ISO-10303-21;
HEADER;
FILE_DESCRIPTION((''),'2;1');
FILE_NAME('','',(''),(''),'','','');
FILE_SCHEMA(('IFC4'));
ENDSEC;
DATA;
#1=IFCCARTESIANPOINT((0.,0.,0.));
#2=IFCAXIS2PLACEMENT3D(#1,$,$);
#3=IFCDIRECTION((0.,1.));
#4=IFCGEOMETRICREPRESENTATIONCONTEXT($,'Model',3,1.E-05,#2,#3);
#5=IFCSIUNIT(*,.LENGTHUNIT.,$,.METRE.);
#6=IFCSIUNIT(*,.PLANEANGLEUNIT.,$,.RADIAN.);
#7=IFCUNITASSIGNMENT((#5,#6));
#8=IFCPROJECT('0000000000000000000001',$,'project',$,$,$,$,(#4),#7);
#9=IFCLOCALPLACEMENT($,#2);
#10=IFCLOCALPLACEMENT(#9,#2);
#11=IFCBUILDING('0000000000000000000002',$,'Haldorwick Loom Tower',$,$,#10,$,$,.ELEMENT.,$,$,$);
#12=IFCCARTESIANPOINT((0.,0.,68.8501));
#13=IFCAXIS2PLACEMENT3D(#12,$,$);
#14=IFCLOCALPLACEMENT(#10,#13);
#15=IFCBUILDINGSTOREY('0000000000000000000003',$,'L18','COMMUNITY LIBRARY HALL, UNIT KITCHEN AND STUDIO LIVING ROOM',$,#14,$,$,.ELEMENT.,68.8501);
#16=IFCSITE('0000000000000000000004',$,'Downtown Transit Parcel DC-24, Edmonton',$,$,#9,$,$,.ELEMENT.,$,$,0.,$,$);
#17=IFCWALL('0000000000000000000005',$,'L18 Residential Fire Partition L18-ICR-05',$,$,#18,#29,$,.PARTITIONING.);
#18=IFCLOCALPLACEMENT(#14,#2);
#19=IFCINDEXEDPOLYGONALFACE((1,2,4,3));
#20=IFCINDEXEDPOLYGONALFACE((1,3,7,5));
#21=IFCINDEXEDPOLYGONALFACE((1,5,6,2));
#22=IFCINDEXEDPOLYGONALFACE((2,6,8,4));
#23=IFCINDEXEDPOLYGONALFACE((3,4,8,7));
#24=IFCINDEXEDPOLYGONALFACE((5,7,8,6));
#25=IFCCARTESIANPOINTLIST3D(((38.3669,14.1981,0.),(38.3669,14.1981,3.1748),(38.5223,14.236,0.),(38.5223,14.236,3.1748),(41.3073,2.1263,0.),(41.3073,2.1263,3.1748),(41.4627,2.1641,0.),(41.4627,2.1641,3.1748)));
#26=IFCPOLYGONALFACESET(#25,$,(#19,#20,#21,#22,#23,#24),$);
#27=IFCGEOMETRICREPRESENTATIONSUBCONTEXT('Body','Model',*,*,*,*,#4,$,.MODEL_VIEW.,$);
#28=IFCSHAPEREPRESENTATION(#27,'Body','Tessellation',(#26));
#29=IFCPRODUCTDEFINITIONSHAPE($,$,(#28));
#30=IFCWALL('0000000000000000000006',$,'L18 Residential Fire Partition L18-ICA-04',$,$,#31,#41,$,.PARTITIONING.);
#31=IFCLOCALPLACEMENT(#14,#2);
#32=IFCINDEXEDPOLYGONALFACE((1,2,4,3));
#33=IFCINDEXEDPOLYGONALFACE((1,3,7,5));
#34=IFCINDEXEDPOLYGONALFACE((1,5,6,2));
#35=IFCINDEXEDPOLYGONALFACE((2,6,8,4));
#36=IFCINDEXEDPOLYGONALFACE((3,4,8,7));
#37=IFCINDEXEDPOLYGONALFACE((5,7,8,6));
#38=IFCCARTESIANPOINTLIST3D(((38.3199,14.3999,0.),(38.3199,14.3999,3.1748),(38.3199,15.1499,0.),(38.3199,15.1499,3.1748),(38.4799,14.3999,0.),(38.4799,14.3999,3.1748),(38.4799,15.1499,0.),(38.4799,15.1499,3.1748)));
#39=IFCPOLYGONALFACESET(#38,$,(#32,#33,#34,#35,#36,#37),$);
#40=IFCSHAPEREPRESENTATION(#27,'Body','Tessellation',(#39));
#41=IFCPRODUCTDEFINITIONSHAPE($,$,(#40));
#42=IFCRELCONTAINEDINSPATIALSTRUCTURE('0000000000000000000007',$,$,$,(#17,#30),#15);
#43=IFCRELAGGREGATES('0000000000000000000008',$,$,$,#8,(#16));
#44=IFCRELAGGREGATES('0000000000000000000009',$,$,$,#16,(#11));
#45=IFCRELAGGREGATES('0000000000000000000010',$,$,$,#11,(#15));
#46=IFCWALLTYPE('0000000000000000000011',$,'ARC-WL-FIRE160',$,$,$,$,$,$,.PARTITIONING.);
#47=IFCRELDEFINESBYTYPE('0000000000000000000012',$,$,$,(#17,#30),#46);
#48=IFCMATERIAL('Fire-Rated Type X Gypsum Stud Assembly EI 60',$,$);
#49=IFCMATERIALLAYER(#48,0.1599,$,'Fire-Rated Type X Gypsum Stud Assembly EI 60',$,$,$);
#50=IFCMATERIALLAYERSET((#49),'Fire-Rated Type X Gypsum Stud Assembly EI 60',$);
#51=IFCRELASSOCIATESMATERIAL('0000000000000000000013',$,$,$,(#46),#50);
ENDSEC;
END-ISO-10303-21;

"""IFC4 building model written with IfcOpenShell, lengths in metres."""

from ifc_helpers import new_model, si_unit, direction, frame, frame_2d, origin, place, context, subcontext, project, spatial, rectangle, extrude, material, layer, layer_set, type_object, element, save


model = new_model("IFC4")

# Units and contexts
model_context = context("Model", 3, precision=1e-05, world=origin(), true_north=direction((0.0, 1.0)))
body_context = subcontext(model_context, "Body", "Model", "MODEL_VIEW")
ifc_project = project(units=[si_unit("LENGTHUNIT", "METRE"), si_unit("PLANEANGLEUNIT", "RADIAN")], contexts=[model_context])

# Site, building, storey
site_placement = place(None, origin())
site = spatial("IfcSite", under=ifc_project, at=site_placement, Name="Downtown Transit Parcel DC-24, Edmonton", CompositionType="ELEMENT", RefElevation=0.0)
building_placement = place(site_placement, origin())
building = spatial("IfcBuilding", under=site, at=building_placement, Name="Haldorwick Loom Tower", CompositionType="ELEMENT")
storey_placement = place(building_placement, frame((0.0, 0.0, 68.8501)))
storey = spatial("IfcBuildingStorey", under=building, at=storey_placement, Name="L18", Description="COMMUNITY LIBRARY HALL, UNIT KITCHEN AND STUDIO LIVING ROOM", CompositionType="ELEMENT", Elevation=68.8501)

# Walls
ifc_material_1 = material(Name="Fire-Rated Type X Gypsum Stud Assembly EI 60")
ifc_layer_1 = layer(ifc_material_1, 0.1599, Name="Fire-Rated Type X Gypsum Stud Assembly EI 60")
ifc_layer_set_1 = layer_set([ifc_layer_1], Name="Fire-Rated Type X Gypsum Stud Assembly EI 60")
wall_type_1 = type_object("IfcWallType", Name="ARC-WL-FIRE160", PredefinedType="PARTITIONING", material=ifc_layer_set_1)
wall_1_placement = place(storey_placement, frame((38.4446, 14.217, 0.0), z_axis=(0.0, 0.0, 1.0), x_axis=(0.236659, -0.971593, 0.0)))
element("IfcWall", 1, at=wall_1_placement, inside=storey, type_object=wall_type_1, Name="L18 Residential Fire Partition L18-ICR-05", PredefinedType="PARTITIONING", context=body_context, shape_type="SweptSolid", body=[
    extrude(rectangle(XDim=12.4248, YDim=0.1599, at=frame_2d((6.2124, 0.0))), origin(), (0.0, 0.0, 1.0), 3.1748),
])
wall_2_placement = place(storey_placement, frame((38.3999, 15.1499, 0.0), z_axis=(0.0, 0.0, 1.0), x_axis=(0.0, -1.0, 0.0)))
element("IfcWall", 2, at=wall_2_placement, inside=storey, type_object=wall_type_1, Name="L18 Residential Fire Partition L18-ICA-04", PredefinedType="PARTITIONING", context=body_context, shape_type="SweptSolid", body=[
    extrude(rectangle(XDim=0.75, YDim=0.1599, at=frame_2d((0.375, 0.0))), origin(), (0.0, 0.0, 1.0), 3.1748),
])

save(model, "model.ifc")
